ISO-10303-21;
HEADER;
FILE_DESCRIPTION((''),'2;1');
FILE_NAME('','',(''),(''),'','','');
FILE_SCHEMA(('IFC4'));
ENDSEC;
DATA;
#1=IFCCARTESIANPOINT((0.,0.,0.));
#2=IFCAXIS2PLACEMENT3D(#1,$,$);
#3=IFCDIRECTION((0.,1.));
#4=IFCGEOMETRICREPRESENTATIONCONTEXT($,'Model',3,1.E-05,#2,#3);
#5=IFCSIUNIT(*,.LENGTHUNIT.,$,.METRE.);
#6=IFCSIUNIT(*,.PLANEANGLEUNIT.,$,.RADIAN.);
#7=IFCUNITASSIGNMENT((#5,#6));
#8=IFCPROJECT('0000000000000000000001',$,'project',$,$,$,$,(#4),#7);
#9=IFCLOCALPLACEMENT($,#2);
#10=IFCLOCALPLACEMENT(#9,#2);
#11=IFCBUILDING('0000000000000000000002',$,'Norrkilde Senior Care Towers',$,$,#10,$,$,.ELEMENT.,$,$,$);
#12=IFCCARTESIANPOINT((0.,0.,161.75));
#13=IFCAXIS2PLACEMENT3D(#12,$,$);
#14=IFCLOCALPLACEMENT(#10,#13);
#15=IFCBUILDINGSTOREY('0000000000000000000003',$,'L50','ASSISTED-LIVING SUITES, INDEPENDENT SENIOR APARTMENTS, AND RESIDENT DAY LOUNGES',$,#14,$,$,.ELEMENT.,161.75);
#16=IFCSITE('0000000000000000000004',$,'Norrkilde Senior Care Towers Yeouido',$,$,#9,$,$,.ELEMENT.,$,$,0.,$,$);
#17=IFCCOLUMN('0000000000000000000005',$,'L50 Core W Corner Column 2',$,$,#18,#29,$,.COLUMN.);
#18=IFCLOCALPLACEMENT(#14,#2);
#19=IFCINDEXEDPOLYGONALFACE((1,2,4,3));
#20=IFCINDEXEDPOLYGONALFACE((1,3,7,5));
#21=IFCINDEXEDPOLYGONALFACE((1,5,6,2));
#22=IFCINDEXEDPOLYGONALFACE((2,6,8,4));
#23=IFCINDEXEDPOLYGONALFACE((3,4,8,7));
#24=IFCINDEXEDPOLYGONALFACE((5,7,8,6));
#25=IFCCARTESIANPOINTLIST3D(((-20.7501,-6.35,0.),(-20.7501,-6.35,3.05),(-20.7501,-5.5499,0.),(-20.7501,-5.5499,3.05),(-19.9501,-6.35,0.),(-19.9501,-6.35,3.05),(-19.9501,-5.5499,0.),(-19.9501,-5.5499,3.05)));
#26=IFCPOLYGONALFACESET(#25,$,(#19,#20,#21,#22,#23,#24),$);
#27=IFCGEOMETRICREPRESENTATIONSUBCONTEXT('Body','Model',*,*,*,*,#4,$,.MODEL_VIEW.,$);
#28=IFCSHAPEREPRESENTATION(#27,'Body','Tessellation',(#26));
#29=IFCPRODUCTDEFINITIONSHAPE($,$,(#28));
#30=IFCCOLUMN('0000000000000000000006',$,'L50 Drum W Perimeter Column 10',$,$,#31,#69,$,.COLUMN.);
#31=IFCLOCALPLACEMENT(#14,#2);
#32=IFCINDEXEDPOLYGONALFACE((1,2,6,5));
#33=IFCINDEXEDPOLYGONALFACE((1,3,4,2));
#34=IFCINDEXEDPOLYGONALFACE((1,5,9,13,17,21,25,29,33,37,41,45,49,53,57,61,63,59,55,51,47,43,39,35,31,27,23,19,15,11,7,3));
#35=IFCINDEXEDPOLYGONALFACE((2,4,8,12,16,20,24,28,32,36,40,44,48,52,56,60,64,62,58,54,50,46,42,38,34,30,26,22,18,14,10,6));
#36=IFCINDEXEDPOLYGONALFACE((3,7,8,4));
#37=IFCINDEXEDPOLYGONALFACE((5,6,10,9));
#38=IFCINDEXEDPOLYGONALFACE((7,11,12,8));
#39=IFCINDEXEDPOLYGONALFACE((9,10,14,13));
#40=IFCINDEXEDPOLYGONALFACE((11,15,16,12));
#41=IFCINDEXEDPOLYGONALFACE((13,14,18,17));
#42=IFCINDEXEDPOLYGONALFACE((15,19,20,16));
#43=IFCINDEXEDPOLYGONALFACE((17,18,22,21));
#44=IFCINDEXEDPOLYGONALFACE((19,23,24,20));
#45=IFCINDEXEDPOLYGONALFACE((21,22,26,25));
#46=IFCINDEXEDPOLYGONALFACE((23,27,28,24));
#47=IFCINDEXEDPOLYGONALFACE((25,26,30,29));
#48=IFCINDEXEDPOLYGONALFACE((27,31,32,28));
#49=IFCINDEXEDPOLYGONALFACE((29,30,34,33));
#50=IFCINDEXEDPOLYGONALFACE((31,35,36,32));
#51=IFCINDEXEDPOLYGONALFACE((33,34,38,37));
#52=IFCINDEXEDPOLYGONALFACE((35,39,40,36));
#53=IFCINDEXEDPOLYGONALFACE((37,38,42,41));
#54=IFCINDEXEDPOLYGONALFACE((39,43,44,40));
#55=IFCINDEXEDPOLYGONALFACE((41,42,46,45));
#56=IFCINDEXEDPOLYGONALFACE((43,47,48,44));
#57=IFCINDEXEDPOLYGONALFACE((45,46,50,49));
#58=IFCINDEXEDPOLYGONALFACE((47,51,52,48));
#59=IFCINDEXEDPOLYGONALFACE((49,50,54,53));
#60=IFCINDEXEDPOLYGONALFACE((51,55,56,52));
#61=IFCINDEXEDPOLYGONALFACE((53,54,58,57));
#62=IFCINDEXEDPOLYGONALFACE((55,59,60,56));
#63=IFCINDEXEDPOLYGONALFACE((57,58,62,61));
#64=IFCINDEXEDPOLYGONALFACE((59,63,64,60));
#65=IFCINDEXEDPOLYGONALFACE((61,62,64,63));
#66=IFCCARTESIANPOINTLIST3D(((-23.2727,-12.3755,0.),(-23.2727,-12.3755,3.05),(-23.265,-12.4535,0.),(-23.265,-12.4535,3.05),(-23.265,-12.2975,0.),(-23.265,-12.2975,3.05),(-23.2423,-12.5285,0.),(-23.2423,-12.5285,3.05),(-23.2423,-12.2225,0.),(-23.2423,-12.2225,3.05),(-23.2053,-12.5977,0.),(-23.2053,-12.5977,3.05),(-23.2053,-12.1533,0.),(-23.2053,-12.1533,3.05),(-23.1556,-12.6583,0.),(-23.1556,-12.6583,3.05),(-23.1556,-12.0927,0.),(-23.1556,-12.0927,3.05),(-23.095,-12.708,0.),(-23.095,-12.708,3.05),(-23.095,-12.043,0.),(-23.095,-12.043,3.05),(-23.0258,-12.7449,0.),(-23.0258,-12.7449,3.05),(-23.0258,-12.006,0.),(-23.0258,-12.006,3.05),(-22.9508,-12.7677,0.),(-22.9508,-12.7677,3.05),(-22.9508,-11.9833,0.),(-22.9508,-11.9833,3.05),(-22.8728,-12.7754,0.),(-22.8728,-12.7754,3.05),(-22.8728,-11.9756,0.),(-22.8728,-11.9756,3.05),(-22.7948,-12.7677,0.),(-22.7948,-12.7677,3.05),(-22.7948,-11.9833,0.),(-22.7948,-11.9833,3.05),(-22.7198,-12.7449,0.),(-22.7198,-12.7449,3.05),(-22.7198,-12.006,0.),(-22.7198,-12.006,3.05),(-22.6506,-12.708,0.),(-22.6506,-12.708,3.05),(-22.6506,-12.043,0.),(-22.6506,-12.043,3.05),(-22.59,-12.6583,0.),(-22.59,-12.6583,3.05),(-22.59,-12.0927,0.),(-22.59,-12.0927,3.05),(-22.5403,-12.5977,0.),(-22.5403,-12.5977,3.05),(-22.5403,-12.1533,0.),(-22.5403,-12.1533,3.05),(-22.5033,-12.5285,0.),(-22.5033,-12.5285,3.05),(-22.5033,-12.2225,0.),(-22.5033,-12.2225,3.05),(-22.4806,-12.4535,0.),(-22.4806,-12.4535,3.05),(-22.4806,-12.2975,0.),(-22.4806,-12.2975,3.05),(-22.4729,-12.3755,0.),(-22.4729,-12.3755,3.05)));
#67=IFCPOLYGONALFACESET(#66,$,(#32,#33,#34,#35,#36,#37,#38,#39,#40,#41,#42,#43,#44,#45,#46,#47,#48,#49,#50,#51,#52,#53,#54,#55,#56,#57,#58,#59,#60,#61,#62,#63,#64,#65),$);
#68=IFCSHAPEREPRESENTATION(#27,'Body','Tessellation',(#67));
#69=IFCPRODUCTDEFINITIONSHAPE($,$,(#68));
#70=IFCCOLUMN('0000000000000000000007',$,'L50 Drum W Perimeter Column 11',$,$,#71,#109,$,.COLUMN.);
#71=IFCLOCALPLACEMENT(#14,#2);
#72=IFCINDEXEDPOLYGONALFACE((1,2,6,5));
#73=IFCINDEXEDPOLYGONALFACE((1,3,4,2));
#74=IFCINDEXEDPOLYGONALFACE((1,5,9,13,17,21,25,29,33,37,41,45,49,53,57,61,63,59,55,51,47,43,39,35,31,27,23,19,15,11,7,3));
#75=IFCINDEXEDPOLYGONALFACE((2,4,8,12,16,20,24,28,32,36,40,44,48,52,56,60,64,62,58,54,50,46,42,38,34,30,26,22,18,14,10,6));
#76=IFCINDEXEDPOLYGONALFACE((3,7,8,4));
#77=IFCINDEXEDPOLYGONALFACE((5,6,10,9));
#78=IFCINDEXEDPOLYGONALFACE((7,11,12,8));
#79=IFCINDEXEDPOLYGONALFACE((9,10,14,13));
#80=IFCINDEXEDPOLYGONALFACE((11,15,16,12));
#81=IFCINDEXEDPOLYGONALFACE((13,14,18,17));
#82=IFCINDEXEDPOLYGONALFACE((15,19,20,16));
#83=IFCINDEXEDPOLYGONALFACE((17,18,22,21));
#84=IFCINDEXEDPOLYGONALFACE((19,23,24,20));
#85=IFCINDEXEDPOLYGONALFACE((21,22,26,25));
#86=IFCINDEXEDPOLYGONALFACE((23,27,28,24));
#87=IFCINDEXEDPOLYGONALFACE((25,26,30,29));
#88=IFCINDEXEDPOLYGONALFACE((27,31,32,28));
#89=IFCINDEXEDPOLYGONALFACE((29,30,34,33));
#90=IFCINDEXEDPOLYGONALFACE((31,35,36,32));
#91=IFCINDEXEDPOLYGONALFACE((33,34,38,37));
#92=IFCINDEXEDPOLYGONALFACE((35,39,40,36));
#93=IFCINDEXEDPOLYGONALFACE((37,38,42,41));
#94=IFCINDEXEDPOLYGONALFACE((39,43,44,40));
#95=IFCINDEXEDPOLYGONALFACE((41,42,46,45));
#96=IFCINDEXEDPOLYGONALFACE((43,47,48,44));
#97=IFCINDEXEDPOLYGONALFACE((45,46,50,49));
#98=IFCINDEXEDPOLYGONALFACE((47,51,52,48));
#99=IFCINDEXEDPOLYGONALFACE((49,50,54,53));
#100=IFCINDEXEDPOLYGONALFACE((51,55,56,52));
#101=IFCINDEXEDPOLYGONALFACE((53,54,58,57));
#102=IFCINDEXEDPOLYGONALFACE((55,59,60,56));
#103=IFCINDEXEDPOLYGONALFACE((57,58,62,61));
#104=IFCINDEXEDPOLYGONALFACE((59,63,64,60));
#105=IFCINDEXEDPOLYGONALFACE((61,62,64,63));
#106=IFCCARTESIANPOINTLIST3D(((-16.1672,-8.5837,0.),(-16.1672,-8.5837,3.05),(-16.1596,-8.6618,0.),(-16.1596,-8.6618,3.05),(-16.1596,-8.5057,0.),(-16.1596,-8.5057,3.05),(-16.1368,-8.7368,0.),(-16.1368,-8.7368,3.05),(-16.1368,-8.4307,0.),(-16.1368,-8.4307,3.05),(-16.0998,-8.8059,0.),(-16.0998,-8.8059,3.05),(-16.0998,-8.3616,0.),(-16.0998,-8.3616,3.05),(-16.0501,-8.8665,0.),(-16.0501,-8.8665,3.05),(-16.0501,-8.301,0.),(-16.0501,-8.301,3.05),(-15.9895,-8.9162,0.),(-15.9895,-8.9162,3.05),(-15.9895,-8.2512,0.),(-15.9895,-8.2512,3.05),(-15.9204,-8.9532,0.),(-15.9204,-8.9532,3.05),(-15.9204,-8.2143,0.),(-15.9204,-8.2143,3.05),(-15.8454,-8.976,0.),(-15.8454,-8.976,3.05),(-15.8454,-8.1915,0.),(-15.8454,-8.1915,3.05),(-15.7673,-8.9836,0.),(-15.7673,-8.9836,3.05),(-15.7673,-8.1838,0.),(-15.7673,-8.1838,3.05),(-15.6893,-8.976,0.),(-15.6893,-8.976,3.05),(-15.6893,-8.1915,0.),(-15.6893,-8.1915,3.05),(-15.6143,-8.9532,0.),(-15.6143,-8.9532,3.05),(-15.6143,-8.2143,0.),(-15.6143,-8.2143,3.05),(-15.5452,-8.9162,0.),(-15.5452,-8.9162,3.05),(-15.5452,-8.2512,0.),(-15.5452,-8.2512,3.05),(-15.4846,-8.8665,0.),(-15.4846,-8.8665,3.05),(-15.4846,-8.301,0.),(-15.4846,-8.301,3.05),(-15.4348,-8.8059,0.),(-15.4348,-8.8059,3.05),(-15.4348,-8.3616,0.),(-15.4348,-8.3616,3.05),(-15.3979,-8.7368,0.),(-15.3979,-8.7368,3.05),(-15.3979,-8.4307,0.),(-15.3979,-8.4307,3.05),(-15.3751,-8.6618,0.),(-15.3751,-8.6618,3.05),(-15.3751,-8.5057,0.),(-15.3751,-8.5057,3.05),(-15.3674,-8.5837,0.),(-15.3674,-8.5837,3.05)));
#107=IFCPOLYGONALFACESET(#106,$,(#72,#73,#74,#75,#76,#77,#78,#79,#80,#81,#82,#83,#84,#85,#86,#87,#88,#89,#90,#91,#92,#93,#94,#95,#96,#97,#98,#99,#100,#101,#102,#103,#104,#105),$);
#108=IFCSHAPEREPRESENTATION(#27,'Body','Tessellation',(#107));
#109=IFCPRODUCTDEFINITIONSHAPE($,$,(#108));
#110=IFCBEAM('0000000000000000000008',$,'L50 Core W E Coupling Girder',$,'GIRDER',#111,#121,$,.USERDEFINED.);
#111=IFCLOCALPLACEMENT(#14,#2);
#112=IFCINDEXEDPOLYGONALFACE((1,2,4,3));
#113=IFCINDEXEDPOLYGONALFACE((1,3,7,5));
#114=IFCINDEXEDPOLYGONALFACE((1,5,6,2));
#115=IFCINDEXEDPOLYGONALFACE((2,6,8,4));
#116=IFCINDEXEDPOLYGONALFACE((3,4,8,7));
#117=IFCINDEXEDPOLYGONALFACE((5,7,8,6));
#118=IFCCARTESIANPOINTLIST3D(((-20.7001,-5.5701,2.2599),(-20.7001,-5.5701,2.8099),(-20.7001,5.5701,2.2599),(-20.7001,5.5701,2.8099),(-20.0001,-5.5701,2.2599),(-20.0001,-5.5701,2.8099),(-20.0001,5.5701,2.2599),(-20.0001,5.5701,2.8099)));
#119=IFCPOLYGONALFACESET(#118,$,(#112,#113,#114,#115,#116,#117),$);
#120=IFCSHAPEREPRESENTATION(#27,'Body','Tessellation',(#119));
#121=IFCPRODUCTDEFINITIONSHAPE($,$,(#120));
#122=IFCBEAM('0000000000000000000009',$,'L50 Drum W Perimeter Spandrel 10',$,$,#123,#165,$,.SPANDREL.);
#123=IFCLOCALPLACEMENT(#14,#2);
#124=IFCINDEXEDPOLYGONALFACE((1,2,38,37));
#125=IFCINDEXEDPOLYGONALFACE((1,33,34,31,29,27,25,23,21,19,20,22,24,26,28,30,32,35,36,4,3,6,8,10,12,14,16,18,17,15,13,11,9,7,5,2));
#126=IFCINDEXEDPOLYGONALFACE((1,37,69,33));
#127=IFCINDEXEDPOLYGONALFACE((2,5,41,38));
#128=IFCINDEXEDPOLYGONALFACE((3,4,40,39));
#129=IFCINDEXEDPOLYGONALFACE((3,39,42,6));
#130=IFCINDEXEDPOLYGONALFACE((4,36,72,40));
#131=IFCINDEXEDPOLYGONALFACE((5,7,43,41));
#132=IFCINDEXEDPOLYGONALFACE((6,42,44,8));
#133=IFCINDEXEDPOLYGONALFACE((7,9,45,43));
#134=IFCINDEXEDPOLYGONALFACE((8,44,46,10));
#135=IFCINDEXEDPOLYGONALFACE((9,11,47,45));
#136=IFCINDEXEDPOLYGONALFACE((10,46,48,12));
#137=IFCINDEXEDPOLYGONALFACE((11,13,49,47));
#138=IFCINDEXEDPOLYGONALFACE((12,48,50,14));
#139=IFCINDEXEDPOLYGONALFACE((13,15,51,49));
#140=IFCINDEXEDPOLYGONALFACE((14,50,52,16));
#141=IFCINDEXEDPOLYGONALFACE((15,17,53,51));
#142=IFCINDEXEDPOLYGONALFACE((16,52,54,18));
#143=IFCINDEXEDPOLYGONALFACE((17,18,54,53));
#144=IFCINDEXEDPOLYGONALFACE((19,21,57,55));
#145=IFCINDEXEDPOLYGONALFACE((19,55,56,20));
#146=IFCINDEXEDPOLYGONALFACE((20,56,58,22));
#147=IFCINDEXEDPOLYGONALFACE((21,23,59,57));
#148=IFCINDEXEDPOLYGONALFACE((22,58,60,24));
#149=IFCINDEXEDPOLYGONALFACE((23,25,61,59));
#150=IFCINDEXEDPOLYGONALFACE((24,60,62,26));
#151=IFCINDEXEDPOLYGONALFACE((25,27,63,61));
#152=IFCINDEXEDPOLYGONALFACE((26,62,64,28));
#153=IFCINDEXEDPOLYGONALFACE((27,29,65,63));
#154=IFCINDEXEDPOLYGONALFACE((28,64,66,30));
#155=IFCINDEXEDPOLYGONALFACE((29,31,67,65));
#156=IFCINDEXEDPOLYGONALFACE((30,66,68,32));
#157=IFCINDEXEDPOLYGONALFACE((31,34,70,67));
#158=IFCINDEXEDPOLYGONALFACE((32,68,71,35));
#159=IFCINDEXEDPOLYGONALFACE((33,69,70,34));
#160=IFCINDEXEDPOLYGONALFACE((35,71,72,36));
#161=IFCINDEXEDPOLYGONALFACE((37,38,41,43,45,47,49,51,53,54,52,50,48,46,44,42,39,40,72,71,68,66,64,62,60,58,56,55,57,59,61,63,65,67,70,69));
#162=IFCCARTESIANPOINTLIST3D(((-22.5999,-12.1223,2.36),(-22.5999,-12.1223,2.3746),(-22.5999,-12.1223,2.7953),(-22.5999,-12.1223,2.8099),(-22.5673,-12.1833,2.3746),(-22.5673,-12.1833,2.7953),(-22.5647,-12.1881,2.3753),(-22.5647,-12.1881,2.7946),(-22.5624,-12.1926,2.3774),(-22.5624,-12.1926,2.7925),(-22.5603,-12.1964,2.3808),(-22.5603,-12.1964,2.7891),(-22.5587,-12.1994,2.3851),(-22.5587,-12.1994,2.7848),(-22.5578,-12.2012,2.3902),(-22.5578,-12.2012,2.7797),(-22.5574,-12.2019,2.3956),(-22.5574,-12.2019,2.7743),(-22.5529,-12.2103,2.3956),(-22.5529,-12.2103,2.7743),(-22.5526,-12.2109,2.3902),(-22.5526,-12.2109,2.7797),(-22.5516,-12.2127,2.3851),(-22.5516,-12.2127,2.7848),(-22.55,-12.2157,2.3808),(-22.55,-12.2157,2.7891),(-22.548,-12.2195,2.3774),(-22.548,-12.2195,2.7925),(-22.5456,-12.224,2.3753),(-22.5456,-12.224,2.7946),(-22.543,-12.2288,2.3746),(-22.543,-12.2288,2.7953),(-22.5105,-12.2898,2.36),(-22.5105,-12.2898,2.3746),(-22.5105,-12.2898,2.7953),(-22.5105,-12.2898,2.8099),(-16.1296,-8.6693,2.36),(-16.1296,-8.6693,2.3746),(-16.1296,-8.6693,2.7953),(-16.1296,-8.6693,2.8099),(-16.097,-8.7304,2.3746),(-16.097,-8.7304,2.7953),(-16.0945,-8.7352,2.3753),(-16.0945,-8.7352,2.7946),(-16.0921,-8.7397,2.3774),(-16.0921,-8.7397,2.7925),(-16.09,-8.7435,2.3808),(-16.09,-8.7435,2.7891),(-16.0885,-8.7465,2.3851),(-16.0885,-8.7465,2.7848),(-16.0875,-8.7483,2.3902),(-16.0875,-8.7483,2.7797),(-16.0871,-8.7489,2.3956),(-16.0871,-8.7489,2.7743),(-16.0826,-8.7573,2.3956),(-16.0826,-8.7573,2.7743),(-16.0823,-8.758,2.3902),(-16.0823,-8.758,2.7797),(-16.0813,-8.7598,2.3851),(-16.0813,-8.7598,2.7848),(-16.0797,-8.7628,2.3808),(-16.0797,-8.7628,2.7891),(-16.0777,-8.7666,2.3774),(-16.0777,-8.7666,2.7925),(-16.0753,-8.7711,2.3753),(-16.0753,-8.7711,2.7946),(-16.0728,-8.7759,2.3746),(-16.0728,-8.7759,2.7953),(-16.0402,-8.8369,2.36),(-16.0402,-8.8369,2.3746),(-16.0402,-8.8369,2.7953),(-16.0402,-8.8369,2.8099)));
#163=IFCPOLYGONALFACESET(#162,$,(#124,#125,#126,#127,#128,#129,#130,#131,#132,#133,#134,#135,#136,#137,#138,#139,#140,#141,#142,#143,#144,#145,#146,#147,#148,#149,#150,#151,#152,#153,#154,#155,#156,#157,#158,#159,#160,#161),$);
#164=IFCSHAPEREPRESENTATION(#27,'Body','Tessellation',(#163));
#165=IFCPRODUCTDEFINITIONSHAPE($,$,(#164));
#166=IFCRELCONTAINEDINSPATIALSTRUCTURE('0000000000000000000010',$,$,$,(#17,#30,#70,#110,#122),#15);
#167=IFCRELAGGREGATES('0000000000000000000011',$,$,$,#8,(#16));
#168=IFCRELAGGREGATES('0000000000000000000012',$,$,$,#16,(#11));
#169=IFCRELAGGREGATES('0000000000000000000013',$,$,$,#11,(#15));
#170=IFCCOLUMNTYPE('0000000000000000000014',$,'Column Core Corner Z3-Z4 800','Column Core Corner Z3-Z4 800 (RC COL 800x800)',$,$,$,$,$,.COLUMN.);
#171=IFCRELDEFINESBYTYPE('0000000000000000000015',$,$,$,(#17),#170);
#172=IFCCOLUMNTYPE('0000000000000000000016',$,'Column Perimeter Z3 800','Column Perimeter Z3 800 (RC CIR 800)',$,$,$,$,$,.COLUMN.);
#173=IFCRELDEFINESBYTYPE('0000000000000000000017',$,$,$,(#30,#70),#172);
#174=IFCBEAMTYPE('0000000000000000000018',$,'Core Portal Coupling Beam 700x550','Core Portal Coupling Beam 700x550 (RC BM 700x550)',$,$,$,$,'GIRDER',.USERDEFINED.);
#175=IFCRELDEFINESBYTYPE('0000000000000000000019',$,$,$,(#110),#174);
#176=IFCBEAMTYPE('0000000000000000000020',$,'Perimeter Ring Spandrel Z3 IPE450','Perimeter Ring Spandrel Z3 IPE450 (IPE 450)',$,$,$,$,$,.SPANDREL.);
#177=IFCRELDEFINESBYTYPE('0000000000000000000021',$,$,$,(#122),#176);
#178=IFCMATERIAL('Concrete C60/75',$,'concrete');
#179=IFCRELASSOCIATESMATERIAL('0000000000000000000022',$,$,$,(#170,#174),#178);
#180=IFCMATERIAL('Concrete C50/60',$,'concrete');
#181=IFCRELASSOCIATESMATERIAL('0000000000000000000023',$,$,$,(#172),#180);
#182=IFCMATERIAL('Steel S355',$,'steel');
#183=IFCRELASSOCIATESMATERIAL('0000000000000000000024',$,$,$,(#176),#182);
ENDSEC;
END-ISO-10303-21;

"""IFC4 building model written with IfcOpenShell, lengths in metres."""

from ifc_helpers import new_model, si_unit, direction, frame, origin, origin_2d, place, context, subcontext, project, spatial, rectangle, circle, i_section, extrude, source, transform, mapped, material, material_profile, profile_set, type_object, type_shapes, element, save


model = new_model("IFC4")

# Units and contexts
model_context = context("Model", 3, precision=1e-05, world=origin(), true_north=direction((0.0, 1.0)))
body_context = subcontext(model_context, "Body", "Model", "MODEL_VIEW")
ifc_project = project(units=[si_unit("LENGTHUNIT", "METRE"), si_unit("PLANEANGLEUNIT", "RADIAN")], contexts=[model_context])

# Site, building, storey
site_placement = place(None, origin())
site = spatial("IfcSite", under=ifc_project, at=site_placement, Name="Norrkilde Senior Care Towers Yeouido", CompositionType="ELEMENT", RefElevation=0.0)
building_placement = place(site_placement, origin())
building = spatial("IfcBuilding", under=site, at=building_placement, Name="Norrkilde Senior Care Towers", CompositionType="ELEMENT")
storey_placement = place(building_placement, frame((0.0, 0.0, 161.75)))
storey = spatial("IfcBuildingStorey", under=building, at=storey_placement, Name="L50", Description="ASSISTED-LIVING SUITES, INDEPENDENT SENIOR APARTMENTS, AND RESIDENT DAY LOUNGES", CompositionType="ELEMENT", Elevation=161.75)

# Columns
ifc_material_1 = material(Name="Concrete C60/75", Category="concrete")
ifc_material_profile_1 = material_profile(ifc_material_1, rectangle(XDim=0.8, YDim=0.8, at=origin_2d()), Name="RC COL 800x800")
ifc_profile_set_1 = profile_set([ifc_material_profile_1], Name="Concrete C60/75")
column_type_1 = type_object("IfcColumnType", Name="Column Core Corner Z3-Z4 800", Description="Column Core Corner Z3-Z4 800 (RC COL 800x800)", PredefinedType="COLUMN", material=ifc_profile_set_1)
shared_shape_1 = source(origin(), body_context, "Body", "SweptSolid", [
    extrude(rectangle(XDim=0.8, YDim=0.8, at=origin_2d()), origin(), (0.0, 0.0, 1.0), 3.05),
])
type_shapes(column_type_1, [shared_shape_1])
column_placement = place(storey_placement, frame((-20.3501, -5.95, 0.0), z_axis=(0.0, 0.0, 1.0), x_axis=(1.0, 0.0, 0.0)))
element("IfcColumn", 1, at=column_placement, inside=storey, type_object=column_type_1, Name="L50 Core W Corner Column 2", PredefinedType="COLUMN", context=body_context, shape_type="MappedRepresentation", body=[
    mapped(shared_shape_1, transform((0.0, 0.0, 0.0), x_axis=(1.0, 0.0, 0.0), y_axis=(0.0, 1.0, 0.0), z_axis=(0.0, 0.0, 1.0), scale=1.0)),
])
ifc_material_2 = material(Name="Concrete C50/60", Category="concrete")
ifc_material_profile_2 = material_profile(ifc_material_2, circle(Radius=0.3999, at=origin_2d()), Name="RC CIR 800")
ifc_profile_set_2 = profile_set([ifc_material_profile_2], Name="Concrete C50/60")
column_type_2 = type_object("IfcColumnType", Name="Column Perimeter Z3 800", Description="Column Perimeter Z3 800 (RC CIR 800)", PredefinedType="COLUMN", material=ifc_profile_set_2)
shared_shape_2 = source(origin(), body_context, "Body", "SweptSolid", [
    extrude(circle(Radius=0.3999, at=origin_2d()), origin(), (0.0, 0.0, 1.0), 3.05),
])
type_shapes(column_type_2, [shared_shape_2])
for number, where, z_axis, x_axis, name in (
    (2, (-22.8728, -12.3755, 0.0), (0.0, 0.0, 1.0), (1.0, 0.0, 0.0), "L50 Drum W Perimeter Column 10"),
    (3, (-15.7673, -8.5837, 0.0), (0.0, 0.0, 1.0), (1.0, 0.0, 0.0), "L50 Drum W Perimeter Column 11"),
):
    element("IfcColumn", number, at=place(storey_placement, frame(where, z_axis=z_axis, x_axis=x_axis)), inside=storey, type_object=column_type_2, Name=name, PredefinedType="COLUMN", context=body_context, shape_type="MappedRepresentation", body=[
        mapped(shared_shape_2, transform((0.0, 0.0, 0.0), x_axis=(1.0, 0.0, 0.0), y_axis=(0.0, 1.0, 0.0), z_axis=(0.0, 0.0, 1.0), scale=1.0)),
    ])

# Beams
ifc_material_profile_3 = material_profile(ifc_material_1, rectangle(XDim=0.7, YDim=0.55, at=origin_2d()), Name="RC BM 700x550")
ifc_profile_set_3 = profile_set([ifc_material_profile_3], Name="Concrete C60/75")
beam_type_1 = type_object("IfcBeamType", Name="Core Portal Coupling Beam 700x550", Description="Core Portal Coupling Beam 700x550 (RC BM 700x550)", ElementType="GIRDER", PredefinedType="USERDEFINED", material=ifc_profile_set_3)
shared_shape_3 = source(origin(), body_context, "Body", "SweptSolid", [
    extrude(rectangle(XDim=0.7, YDim=0.55, at=origin_2d()), origin(), (0.0, 0.0, 1.0), 11.1401),
])
type_shapes(beam_type_1, [shared_shape_3])
beam_1_placement = place(storey_placement, frame((-20.3501, -5.5701, 2.5349), z_axis=(0.0, 1.0, 0.0), x_axis=(-1.0, 0.0, 0.0)))
element("IfcBeam", 4, at=beam_1_placement, inside=storey, type_object=beam_type_1, Name="L50 Core W E Coupling Girder", ObjectType="GIRDER", PredefinedType="USERDEFINED", context=body_context, shape_type="MappedRepresentation", body=[
    mapped(shared_shape_3, transform((0.0, 0.0, 0.0), x_axis=(1.0, 0.0, 0.0), y_axis=(0.0, 1.0, 0.0), z_axis=(0.0, 0.0, 1.0), scale=1.0)),
])
ifc_material_3 = material(Name="Steel S355", Category="steel")
ifc_material_profile_4 = material_profile(ifc_material_3, i_section(OverallWidth=0.1899, OverallDepth=0.45, WebThickness=0.0095, FlangeThickness=0.0146, FilletRadius=0.021, at=origin_2d()), Name="IPE 450")
ifc_profile_set_4 = profile_set([ifc_material_profile_4], Name="Steel S355")
beam_type_2 = type_object("IfcBeamType", Name="Perimeter Ring Spandrel Z3 IPE450", Description="Perimeter Ring Spandrel Z3 IPE450 (IPE 450)", PredefinedType="SPANDREL", material=ifc_profile_set_4)
shared_shape_4 = source(origin(), body_context, "Body", "SweptSolid", [
    extrude(i_section(OverallWidth=0.1899, OverallDepth=0.45, WebThickness=0.0095, FlangeThickness=0.0146, FilletRadius=0.021, at=origin_2d()), origin(), (0.0, 0.0, 1.0), 7.334),
])
type_shapes(beam_type_2, [shared_shape_4])
beam_2_placement = place(storey_placement, frame((-22.5552, -12.2061, 2.585), z_axis=(0.882234, 0.470811, 0.0), x_axis=(-0.470811, 0.882234, 0.0)))
element("IfcBeam", 5, at=beam_2_placement, inside=storey, type_object=beam_type_2, Name="L50 Drum W Perimeter Spandrel 10", PredefinedType="SPANDREL", context=body_context, shape_type="MappedRepresentation", body=[
    mapped(shared_shape_4, transform((0.0, 0.0, 0.0), x_axis=(1.0, 0.0, 0.0), y_axis=(0.0, 1.0, 0.0), z_axis=(0.0, 0.0, 1.0), scale=1.0)),
])

save(model, "model.ifc")
